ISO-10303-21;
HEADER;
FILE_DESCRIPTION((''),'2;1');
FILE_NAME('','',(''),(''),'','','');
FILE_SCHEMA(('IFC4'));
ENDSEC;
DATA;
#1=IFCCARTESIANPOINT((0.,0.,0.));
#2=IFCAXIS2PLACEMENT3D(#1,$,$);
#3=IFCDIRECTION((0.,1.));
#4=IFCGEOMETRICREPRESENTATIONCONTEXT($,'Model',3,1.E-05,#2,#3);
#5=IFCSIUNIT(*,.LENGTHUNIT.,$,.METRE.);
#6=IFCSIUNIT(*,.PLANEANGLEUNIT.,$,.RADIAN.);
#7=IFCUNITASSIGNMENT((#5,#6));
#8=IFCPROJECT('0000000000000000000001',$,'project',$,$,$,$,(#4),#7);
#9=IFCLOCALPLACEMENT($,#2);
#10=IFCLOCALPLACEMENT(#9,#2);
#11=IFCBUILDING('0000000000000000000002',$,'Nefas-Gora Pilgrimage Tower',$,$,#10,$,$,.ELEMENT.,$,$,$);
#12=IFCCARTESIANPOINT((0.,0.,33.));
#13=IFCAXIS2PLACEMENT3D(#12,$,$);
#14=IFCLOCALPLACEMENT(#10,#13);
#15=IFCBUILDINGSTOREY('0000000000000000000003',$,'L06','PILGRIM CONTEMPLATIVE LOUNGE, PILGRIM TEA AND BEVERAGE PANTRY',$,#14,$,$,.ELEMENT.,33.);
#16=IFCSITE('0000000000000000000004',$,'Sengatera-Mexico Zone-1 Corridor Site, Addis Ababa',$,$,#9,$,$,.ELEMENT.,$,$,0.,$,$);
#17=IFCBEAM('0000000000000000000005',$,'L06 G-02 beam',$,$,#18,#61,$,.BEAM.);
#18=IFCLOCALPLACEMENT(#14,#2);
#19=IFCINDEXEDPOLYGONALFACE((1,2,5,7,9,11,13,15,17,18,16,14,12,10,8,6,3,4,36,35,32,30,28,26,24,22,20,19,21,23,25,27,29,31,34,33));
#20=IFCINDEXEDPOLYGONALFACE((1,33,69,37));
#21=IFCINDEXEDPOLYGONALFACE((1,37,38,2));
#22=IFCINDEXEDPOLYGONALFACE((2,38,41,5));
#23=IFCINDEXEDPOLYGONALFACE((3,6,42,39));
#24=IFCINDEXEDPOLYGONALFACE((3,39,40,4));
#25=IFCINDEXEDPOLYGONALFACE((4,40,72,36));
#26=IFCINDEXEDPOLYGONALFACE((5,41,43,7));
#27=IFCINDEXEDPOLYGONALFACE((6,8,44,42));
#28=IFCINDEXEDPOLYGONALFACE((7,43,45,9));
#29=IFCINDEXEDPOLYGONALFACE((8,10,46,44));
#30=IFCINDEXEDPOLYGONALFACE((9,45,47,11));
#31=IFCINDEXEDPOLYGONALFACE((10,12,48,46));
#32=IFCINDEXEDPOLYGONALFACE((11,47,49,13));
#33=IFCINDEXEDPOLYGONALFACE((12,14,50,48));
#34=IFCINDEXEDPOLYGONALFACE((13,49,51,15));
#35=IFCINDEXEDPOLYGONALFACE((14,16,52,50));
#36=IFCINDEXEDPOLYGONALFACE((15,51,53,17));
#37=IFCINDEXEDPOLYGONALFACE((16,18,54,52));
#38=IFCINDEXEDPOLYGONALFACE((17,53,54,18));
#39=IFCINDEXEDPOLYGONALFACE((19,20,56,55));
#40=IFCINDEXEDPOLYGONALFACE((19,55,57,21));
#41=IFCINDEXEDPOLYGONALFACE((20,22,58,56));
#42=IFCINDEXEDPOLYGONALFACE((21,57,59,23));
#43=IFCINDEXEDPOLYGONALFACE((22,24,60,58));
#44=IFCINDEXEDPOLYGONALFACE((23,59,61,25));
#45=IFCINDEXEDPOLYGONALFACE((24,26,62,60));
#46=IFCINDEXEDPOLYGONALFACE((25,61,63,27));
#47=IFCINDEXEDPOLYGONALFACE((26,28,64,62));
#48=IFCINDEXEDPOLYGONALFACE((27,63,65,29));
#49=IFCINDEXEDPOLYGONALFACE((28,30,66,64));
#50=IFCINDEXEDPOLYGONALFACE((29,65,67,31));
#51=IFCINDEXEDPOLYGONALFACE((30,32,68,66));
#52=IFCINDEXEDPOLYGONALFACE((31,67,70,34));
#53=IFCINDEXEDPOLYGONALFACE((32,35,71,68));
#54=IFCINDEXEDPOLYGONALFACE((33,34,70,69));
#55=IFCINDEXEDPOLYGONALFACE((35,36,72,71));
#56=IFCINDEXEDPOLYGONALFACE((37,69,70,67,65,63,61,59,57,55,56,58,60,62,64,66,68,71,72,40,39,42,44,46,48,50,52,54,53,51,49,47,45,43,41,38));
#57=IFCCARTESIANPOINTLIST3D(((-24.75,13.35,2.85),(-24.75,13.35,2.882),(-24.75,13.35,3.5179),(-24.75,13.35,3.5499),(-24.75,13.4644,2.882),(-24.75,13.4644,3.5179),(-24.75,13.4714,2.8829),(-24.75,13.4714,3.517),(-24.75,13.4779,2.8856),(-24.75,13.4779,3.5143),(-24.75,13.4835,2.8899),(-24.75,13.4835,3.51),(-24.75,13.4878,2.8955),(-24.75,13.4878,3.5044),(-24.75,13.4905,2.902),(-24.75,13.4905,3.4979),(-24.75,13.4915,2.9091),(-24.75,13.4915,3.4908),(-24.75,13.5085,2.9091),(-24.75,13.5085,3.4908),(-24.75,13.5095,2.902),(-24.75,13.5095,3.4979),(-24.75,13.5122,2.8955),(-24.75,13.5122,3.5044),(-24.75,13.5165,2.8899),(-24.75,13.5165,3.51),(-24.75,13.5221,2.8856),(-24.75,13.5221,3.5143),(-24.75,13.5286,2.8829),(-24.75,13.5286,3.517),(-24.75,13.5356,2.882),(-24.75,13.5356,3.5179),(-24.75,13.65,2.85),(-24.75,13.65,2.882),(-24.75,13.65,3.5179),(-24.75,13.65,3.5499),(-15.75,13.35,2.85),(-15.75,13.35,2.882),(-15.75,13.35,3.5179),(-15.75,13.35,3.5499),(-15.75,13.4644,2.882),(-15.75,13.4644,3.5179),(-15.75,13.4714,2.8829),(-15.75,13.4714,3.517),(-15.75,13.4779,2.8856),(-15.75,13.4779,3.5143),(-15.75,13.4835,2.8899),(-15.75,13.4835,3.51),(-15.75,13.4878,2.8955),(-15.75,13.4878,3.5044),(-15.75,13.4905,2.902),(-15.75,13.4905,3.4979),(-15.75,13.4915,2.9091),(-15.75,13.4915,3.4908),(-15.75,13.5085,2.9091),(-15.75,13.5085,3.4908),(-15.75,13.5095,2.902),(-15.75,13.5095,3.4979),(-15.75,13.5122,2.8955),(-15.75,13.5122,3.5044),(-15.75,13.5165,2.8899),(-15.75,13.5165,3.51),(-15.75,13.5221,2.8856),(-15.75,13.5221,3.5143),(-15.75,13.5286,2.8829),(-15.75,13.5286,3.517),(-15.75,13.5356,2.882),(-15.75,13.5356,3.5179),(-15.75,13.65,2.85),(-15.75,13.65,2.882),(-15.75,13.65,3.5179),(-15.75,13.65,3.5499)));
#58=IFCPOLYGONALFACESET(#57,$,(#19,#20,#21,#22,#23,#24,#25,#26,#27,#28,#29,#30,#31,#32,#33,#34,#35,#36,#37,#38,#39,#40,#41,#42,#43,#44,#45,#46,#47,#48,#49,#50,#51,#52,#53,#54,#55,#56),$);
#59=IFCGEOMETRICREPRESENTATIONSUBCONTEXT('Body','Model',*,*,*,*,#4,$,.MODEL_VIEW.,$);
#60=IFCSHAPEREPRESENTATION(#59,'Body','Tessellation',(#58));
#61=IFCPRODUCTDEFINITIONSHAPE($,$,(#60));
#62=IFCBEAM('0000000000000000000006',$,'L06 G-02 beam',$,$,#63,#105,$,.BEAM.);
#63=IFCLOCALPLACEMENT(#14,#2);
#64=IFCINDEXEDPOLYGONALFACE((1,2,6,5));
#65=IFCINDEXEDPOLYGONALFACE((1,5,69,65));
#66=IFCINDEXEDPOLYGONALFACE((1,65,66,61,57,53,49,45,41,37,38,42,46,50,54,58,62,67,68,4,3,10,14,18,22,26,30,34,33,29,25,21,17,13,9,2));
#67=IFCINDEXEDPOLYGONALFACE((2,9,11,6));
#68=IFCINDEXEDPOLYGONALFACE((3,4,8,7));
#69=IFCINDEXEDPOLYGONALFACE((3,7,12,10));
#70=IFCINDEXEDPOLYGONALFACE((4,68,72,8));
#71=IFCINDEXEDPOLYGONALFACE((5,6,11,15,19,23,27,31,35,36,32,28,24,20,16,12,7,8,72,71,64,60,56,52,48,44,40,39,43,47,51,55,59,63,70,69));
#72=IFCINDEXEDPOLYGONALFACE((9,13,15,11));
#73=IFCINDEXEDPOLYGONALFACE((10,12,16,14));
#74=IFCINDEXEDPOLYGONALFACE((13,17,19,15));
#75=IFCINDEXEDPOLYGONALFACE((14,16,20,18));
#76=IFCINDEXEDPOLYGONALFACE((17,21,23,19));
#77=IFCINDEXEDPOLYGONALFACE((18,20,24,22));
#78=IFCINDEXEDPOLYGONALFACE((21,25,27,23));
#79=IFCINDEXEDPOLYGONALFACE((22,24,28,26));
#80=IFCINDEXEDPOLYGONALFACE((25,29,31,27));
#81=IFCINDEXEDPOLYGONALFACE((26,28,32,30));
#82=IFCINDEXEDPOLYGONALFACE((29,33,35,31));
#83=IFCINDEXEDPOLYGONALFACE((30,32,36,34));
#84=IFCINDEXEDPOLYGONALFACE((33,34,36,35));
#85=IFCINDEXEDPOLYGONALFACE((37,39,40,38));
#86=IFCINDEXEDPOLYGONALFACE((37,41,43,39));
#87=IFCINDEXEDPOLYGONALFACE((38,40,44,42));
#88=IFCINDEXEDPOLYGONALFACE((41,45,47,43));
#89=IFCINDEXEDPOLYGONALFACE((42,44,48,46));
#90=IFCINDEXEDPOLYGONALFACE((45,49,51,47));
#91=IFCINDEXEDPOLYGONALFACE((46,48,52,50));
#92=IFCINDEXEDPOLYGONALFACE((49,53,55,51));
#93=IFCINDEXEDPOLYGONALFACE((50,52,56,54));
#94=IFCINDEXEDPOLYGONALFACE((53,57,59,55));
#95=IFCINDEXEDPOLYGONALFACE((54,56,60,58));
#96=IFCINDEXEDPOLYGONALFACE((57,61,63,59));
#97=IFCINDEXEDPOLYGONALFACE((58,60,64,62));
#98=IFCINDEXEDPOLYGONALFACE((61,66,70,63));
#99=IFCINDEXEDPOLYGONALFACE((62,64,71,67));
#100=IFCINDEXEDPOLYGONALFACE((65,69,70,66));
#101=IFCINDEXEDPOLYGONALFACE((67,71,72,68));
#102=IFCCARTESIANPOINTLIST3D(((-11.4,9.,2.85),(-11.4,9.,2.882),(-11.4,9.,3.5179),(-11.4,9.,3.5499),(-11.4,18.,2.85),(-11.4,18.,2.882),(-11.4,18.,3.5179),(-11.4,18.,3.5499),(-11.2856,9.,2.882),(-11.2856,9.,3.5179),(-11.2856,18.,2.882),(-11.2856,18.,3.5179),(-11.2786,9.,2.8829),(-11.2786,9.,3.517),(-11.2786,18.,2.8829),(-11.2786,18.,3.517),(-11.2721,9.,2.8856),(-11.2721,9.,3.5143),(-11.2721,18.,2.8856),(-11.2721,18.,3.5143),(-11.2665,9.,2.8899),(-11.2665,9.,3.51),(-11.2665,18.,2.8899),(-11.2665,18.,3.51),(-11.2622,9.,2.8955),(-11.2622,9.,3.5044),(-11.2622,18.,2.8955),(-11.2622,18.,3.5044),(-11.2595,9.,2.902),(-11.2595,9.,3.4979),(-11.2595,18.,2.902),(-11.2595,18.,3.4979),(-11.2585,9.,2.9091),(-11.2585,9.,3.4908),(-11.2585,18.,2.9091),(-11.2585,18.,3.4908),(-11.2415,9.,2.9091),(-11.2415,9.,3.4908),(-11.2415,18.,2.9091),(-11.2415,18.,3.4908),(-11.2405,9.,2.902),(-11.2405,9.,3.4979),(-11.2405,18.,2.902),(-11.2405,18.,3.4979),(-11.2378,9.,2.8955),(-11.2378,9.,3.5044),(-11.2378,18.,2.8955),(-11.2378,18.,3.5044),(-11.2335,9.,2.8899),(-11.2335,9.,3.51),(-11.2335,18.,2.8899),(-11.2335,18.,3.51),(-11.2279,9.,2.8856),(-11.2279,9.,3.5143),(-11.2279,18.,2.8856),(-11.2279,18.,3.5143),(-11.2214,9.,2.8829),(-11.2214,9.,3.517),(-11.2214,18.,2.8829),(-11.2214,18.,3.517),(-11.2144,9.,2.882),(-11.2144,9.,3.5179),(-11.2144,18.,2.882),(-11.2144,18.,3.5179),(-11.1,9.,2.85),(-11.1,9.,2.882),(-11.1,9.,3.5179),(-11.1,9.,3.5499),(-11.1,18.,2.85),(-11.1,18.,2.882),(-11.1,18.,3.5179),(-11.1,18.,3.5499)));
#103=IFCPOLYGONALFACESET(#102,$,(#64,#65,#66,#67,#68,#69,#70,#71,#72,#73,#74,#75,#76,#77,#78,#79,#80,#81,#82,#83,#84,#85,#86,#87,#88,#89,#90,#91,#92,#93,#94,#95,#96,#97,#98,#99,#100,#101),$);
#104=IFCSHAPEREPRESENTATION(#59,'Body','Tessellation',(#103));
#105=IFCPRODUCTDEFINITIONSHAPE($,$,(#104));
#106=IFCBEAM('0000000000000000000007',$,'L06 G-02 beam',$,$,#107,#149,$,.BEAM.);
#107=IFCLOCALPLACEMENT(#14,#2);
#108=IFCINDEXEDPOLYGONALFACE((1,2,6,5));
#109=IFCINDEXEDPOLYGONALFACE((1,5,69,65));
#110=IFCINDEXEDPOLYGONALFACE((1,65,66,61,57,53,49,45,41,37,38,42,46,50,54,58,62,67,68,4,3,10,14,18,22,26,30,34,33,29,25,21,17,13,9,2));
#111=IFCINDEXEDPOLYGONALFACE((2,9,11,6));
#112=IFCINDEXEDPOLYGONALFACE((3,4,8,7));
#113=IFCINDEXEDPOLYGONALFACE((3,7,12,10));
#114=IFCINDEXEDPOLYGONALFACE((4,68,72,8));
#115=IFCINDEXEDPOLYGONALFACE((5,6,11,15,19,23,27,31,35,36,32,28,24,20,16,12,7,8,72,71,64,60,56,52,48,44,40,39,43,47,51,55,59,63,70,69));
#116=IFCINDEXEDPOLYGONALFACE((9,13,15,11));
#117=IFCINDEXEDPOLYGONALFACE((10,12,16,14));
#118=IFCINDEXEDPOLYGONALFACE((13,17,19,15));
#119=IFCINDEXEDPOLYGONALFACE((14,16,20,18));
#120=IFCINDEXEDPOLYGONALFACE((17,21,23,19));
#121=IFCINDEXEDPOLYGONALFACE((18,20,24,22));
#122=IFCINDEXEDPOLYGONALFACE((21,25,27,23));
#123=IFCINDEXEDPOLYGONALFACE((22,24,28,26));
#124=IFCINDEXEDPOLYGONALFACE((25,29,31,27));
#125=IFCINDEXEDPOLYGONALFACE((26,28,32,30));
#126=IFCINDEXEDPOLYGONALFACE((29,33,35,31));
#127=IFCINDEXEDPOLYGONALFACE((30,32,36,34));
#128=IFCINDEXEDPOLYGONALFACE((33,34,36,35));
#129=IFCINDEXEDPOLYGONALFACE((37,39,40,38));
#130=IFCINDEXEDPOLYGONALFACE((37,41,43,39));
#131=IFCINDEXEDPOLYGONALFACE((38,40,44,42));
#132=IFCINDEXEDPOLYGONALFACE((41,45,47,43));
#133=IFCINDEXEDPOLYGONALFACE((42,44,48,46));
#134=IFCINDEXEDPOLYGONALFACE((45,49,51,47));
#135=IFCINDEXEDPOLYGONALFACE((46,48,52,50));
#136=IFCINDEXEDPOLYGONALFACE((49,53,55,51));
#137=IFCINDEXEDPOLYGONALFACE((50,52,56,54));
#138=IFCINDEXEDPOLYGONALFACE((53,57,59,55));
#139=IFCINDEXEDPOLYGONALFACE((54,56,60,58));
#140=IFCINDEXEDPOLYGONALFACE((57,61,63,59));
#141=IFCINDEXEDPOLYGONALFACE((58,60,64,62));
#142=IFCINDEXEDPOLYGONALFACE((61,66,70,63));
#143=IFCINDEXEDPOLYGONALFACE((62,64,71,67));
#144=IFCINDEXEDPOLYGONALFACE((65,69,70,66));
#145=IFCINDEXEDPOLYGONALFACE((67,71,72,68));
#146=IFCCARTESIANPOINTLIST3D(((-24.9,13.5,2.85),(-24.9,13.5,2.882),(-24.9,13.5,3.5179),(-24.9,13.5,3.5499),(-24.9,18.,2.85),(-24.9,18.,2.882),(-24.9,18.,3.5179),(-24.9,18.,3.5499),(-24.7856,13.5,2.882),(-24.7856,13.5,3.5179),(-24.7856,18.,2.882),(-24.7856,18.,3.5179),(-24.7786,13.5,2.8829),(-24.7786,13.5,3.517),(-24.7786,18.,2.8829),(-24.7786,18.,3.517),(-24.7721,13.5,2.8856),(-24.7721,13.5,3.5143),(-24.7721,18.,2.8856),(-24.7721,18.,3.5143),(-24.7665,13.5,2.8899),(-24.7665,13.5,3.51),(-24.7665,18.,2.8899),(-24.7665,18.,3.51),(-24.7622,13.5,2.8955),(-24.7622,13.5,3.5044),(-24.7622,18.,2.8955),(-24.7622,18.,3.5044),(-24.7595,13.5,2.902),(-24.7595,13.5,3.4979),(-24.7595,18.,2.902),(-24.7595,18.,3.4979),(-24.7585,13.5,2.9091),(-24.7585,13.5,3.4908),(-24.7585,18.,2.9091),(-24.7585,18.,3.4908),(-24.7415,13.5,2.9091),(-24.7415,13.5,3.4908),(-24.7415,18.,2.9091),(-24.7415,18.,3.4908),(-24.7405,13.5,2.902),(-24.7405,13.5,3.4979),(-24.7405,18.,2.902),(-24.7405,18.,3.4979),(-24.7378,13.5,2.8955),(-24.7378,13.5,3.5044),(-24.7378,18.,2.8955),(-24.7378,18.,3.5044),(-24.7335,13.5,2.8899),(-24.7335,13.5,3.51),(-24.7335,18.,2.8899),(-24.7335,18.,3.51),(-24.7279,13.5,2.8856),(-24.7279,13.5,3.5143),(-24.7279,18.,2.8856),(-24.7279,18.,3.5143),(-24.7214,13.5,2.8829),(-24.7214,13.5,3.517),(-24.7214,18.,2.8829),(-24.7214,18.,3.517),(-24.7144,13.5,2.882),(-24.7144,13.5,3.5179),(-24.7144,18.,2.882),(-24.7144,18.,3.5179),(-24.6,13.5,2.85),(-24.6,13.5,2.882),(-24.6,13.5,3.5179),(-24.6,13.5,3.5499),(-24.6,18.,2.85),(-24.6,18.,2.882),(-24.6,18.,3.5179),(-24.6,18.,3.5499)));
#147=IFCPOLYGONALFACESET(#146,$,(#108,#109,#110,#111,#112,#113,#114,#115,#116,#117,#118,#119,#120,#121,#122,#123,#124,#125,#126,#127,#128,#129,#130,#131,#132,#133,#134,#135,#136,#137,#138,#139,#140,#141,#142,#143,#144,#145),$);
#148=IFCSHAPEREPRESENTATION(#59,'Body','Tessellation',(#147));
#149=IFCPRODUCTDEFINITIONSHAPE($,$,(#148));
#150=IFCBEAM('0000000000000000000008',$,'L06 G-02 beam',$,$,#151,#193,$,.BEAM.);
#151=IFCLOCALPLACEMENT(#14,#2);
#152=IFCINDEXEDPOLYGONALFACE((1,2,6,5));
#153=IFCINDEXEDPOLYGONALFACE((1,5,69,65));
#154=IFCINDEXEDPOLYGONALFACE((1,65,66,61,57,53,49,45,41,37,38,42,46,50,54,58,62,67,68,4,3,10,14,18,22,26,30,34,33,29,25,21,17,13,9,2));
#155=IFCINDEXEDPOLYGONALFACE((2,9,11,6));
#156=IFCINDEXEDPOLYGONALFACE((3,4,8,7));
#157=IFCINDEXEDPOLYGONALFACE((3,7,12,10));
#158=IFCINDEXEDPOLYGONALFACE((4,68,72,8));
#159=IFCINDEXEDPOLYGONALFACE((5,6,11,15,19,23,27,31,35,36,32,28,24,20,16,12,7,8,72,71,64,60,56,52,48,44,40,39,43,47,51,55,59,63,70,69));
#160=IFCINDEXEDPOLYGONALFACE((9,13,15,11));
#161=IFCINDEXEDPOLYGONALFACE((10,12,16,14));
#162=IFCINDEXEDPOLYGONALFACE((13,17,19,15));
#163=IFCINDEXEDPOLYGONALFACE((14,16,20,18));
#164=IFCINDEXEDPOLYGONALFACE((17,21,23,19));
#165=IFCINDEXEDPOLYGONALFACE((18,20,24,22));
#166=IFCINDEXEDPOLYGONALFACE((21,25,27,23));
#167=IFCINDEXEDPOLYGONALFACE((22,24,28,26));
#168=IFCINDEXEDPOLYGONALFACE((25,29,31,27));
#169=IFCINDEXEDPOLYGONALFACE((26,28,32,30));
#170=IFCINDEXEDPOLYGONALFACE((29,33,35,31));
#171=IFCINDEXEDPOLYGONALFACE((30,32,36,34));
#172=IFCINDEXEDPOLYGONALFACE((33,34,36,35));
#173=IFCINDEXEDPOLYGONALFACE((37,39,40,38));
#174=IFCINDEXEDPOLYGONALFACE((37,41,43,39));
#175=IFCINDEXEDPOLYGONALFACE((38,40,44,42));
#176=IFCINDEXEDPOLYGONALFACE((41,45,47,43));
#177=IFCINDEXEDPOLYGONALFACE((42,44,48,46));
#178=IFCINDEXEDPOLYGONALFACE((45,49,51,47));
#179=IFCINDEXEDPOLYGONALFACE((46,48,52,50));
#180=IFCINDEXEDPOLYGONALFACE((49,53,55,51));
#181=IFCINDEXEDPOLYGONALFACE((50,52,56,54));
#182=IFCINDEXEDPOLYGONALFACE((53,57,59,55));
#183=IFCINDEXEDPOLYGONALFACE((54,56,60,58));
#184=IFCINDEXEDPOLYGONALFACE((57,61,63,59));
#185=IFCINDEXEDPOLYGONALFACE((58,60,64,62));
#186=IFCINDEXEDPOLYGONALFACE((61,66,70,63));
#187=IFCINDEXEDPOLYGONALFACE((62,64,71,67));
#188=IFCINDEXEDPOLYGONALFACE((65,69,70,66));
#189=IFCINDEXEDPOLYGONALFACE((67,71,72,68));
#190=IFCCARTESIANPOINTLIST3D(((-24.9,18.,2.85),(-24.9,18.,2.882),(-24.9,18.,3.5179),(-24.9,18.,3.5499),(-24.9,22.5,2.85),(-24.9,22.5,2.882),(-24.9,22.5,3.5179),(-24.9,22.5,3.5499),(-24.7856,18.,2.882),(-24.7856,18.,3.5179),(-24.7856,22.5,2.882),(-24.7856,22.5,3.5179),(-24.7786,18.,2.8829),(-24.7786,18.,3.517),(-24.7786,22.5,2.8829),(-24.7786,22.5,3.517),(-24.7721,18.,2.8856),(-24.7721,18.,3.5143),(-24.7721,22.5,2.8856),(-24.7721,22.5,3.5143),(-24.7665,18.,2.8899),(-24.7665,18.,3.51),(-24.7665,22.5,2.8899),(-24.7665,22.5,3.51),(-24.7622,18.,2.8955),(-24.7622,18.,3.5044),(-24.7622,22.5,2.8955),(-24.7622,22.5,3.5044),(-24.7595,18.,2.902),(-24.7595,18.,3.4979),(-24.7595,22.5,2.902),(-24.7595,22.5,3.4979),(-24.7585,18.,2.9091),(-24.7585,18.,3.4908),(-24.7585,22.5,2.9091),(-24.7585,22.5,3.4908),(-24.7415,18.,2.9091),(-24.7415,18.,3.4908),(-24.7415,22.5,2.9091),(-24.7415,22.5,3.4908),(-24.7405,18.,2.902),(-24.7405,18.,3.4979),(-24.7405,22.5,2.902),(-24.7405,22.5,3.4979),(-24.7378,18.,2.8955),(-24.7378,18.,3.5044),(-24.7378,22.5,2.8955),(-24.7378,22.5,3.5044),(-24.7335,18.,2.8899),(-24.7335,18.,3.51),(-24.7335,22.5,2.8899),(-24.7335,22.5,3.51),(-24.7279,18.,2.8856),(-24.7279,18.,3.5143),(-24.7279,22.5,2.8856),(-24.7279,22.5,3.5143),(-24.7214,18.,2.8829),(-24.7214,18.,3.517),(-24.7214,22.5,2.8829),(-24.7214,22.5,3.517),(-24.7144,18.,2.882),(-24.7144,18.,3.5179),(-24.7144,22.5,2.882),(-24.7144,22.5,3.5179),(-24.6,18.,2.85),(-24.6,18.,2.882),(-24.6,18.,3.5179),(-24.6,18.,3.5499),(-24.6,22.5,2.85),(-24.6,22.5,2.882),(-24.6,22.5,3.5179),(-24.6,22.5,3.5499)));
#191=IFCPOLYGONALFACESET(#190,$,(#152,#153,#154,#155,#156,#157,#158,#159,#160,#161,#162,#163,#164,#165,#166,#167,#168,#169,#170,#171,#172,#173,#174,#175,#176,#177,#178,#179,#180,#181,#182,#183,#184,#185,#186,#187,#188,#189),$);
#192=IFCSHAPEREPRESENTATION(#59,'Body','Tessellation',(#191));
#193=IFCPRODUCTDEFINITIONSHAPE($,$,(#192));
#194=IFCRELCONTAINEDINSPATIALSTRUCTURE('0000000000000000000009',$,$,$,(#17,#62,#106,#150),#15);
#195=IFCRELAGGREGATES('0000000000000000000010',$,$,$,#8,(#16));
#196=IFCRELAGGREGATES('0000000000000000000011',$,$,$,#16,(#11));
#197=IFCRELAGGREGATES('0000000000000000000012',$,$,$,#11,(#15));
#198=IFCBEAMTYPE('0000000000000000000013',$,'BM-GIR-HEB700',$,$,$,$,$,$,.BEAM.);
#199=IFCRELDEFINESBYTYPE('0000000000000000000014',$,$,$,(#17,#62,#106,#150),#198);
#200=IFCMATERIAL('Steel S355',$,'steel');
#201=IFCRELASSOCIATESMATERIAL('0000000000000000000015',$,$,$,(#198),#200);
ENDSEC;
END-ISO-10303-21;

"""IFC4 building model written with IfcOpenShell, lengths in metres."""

from ifc_helpers import new_model, si_unit, direction, frame, origin, origin_2d, place, context, subcontext, project, spatial, i_section, extrude, source, transform, mapped, material, material_profile, profile_set, type_object, element, save


model = new_model("IFC4")

# Units and contexts
model_context = context("Model", 3, precision=1e-05, world=origin(), true_north=direction((0.0, 1.0)))
body_context = subcontext(model_context, "Body", "Model", "MODEL_VIEW")
ifc_project = project(units=[si_unit("LENGTHUNIT", "METRE"), si_unit("PLANEANGLEUNIT", "RADIAN")], contexts=[model_context])

# Site, building, storey
site_placement = place(None, origin())
site = spatial("IfcSite", under=ifc_project, at=site_placement, Name="Sengatera-Mexico Zone-1 Corridor Site, Addis Ababa", CompositionType="ELEMENT", RefElevation=0.0)
building_placement = place(site_placement, origin())
building = spatial("IfcBuilding", under=site, at=building_placement, Name="Nefas-Gora Pilgrimage Tower", CompositionType="ELEMENT")
storey_placement = place(building_placement, frame((0.0, 0.0, 33.0)))
storey = spatial("IfcBuildingStorey", under=building, at=storey_placement, Name="L06", Description="PILGRIM CONTEMPLATIVE LOUNGE, PILGRIM TEA AND BEVERAGE PANTRY", CompositionType="ELEMENT", Elevation=33.0)

# Beams
ifc_material_1 = material(Name="Steel S355", Category="steel")
ifc_material_profile_1 = material_profile(ifc_material_1, i_section(OverallWidth=0.3, OverallDepth=0.7, WebThickness=0.0171, FlangeThickness=0.032, FilletRadius=0.0271, at=origin_2d()), Name="HEB 700")
ifc_profile_set_1 = profile_set([ifc_material_profile_1], Name="Steel S355")
beam_type_1 = type_object("IfcBeamType", Name="BM-GIR-HEB700", PredefinedType="BEAM", material=ifc_profile_set_1)
shared_shape_1 = source(origin(), body_context, "Body", "SweptSolid", [
    extrude(i_section(OverallWidth=0.3, OverallDepth=0.7, WebThickness=0.0171, FlangeThickness=0.032, FilletRadius=0.0271, at=origin_2d()), origin(), (0.0, 0.0, 1.0), 9.0),
])
for number, where, z_axis, x_axis, name in (
    (1, (-24.75, 13.5, 3.2), (1.0, 0.0, 0.0), (0.0, 1.0, 0.0), "L06 G-02 beam"),
    (2, (-11.25, 9.0, 3.2), (0.0, 1.0, 0.0), (-1.0, 0.0, 0.0), "L06 G-02 beam"),
):
    element("IfcBeam", number, at=place(storey_placement, frame(where, z_axis=z_axis, x_axis=x_axis)), inside=storey, type_object=beam_type_1, Name=name, PredefinedType="BEAM", context=body_context, shape_type="MappedRepresentation", body=[
        mapped(shared_shape_1, transform((0.0, 0.0, 0.0), x_axis=(1.0, 0.0, 0.0), y_axis=(0.0, 1.0, 0.0), z_axis=(0.0, 0.0, 1.0), scale=1.0)),
    ])
shared_shape_2 = source(origin(), body_context, "Body", "SweptSolid", [
    extrude(i_section(OverallWidth=0.3, OverallDepth=0.7, WebThickness=0.0171, FlangeThickness=0.032, FilletRadius=0.0271, at=origin_2d()), origin(), (0.0, 0.0, 1.0), 4.5),
])
for number, where, z_axis, x_axis, name in (
    (3, (-24.75, 13.5, 3.2), (0.0, 1.0, 0.0), (-1.0, 0.0, 0.0), "L06 G-02 beam"),
    (4, (-24.75, 18.0, 3.2), (0.0, 1.0, 0.0), (-1.0, 0.0, 0.0), "L06 G-02 beam"),
):
    element("IfcBeam", number, at=place(storey_placement, frame(where, z_axis=z_axis, x_axis=x_axis)), inside=storey, type_object=beam_type_1, Name=name, PredefinedType="BEAM", context=body_context, shape_type="MappedRepresentation", body=[
        mapped(shared_shape_2, transform((0.0, 0.0, 0.0), x_axis=(1.0, 0.0, 0.0), y_axis=(0.0, 1.0, 0.0), z_axis=(0.0, 0.0, 1.0), scale=1.0)),
    ])

save(model, "model.ifc")
